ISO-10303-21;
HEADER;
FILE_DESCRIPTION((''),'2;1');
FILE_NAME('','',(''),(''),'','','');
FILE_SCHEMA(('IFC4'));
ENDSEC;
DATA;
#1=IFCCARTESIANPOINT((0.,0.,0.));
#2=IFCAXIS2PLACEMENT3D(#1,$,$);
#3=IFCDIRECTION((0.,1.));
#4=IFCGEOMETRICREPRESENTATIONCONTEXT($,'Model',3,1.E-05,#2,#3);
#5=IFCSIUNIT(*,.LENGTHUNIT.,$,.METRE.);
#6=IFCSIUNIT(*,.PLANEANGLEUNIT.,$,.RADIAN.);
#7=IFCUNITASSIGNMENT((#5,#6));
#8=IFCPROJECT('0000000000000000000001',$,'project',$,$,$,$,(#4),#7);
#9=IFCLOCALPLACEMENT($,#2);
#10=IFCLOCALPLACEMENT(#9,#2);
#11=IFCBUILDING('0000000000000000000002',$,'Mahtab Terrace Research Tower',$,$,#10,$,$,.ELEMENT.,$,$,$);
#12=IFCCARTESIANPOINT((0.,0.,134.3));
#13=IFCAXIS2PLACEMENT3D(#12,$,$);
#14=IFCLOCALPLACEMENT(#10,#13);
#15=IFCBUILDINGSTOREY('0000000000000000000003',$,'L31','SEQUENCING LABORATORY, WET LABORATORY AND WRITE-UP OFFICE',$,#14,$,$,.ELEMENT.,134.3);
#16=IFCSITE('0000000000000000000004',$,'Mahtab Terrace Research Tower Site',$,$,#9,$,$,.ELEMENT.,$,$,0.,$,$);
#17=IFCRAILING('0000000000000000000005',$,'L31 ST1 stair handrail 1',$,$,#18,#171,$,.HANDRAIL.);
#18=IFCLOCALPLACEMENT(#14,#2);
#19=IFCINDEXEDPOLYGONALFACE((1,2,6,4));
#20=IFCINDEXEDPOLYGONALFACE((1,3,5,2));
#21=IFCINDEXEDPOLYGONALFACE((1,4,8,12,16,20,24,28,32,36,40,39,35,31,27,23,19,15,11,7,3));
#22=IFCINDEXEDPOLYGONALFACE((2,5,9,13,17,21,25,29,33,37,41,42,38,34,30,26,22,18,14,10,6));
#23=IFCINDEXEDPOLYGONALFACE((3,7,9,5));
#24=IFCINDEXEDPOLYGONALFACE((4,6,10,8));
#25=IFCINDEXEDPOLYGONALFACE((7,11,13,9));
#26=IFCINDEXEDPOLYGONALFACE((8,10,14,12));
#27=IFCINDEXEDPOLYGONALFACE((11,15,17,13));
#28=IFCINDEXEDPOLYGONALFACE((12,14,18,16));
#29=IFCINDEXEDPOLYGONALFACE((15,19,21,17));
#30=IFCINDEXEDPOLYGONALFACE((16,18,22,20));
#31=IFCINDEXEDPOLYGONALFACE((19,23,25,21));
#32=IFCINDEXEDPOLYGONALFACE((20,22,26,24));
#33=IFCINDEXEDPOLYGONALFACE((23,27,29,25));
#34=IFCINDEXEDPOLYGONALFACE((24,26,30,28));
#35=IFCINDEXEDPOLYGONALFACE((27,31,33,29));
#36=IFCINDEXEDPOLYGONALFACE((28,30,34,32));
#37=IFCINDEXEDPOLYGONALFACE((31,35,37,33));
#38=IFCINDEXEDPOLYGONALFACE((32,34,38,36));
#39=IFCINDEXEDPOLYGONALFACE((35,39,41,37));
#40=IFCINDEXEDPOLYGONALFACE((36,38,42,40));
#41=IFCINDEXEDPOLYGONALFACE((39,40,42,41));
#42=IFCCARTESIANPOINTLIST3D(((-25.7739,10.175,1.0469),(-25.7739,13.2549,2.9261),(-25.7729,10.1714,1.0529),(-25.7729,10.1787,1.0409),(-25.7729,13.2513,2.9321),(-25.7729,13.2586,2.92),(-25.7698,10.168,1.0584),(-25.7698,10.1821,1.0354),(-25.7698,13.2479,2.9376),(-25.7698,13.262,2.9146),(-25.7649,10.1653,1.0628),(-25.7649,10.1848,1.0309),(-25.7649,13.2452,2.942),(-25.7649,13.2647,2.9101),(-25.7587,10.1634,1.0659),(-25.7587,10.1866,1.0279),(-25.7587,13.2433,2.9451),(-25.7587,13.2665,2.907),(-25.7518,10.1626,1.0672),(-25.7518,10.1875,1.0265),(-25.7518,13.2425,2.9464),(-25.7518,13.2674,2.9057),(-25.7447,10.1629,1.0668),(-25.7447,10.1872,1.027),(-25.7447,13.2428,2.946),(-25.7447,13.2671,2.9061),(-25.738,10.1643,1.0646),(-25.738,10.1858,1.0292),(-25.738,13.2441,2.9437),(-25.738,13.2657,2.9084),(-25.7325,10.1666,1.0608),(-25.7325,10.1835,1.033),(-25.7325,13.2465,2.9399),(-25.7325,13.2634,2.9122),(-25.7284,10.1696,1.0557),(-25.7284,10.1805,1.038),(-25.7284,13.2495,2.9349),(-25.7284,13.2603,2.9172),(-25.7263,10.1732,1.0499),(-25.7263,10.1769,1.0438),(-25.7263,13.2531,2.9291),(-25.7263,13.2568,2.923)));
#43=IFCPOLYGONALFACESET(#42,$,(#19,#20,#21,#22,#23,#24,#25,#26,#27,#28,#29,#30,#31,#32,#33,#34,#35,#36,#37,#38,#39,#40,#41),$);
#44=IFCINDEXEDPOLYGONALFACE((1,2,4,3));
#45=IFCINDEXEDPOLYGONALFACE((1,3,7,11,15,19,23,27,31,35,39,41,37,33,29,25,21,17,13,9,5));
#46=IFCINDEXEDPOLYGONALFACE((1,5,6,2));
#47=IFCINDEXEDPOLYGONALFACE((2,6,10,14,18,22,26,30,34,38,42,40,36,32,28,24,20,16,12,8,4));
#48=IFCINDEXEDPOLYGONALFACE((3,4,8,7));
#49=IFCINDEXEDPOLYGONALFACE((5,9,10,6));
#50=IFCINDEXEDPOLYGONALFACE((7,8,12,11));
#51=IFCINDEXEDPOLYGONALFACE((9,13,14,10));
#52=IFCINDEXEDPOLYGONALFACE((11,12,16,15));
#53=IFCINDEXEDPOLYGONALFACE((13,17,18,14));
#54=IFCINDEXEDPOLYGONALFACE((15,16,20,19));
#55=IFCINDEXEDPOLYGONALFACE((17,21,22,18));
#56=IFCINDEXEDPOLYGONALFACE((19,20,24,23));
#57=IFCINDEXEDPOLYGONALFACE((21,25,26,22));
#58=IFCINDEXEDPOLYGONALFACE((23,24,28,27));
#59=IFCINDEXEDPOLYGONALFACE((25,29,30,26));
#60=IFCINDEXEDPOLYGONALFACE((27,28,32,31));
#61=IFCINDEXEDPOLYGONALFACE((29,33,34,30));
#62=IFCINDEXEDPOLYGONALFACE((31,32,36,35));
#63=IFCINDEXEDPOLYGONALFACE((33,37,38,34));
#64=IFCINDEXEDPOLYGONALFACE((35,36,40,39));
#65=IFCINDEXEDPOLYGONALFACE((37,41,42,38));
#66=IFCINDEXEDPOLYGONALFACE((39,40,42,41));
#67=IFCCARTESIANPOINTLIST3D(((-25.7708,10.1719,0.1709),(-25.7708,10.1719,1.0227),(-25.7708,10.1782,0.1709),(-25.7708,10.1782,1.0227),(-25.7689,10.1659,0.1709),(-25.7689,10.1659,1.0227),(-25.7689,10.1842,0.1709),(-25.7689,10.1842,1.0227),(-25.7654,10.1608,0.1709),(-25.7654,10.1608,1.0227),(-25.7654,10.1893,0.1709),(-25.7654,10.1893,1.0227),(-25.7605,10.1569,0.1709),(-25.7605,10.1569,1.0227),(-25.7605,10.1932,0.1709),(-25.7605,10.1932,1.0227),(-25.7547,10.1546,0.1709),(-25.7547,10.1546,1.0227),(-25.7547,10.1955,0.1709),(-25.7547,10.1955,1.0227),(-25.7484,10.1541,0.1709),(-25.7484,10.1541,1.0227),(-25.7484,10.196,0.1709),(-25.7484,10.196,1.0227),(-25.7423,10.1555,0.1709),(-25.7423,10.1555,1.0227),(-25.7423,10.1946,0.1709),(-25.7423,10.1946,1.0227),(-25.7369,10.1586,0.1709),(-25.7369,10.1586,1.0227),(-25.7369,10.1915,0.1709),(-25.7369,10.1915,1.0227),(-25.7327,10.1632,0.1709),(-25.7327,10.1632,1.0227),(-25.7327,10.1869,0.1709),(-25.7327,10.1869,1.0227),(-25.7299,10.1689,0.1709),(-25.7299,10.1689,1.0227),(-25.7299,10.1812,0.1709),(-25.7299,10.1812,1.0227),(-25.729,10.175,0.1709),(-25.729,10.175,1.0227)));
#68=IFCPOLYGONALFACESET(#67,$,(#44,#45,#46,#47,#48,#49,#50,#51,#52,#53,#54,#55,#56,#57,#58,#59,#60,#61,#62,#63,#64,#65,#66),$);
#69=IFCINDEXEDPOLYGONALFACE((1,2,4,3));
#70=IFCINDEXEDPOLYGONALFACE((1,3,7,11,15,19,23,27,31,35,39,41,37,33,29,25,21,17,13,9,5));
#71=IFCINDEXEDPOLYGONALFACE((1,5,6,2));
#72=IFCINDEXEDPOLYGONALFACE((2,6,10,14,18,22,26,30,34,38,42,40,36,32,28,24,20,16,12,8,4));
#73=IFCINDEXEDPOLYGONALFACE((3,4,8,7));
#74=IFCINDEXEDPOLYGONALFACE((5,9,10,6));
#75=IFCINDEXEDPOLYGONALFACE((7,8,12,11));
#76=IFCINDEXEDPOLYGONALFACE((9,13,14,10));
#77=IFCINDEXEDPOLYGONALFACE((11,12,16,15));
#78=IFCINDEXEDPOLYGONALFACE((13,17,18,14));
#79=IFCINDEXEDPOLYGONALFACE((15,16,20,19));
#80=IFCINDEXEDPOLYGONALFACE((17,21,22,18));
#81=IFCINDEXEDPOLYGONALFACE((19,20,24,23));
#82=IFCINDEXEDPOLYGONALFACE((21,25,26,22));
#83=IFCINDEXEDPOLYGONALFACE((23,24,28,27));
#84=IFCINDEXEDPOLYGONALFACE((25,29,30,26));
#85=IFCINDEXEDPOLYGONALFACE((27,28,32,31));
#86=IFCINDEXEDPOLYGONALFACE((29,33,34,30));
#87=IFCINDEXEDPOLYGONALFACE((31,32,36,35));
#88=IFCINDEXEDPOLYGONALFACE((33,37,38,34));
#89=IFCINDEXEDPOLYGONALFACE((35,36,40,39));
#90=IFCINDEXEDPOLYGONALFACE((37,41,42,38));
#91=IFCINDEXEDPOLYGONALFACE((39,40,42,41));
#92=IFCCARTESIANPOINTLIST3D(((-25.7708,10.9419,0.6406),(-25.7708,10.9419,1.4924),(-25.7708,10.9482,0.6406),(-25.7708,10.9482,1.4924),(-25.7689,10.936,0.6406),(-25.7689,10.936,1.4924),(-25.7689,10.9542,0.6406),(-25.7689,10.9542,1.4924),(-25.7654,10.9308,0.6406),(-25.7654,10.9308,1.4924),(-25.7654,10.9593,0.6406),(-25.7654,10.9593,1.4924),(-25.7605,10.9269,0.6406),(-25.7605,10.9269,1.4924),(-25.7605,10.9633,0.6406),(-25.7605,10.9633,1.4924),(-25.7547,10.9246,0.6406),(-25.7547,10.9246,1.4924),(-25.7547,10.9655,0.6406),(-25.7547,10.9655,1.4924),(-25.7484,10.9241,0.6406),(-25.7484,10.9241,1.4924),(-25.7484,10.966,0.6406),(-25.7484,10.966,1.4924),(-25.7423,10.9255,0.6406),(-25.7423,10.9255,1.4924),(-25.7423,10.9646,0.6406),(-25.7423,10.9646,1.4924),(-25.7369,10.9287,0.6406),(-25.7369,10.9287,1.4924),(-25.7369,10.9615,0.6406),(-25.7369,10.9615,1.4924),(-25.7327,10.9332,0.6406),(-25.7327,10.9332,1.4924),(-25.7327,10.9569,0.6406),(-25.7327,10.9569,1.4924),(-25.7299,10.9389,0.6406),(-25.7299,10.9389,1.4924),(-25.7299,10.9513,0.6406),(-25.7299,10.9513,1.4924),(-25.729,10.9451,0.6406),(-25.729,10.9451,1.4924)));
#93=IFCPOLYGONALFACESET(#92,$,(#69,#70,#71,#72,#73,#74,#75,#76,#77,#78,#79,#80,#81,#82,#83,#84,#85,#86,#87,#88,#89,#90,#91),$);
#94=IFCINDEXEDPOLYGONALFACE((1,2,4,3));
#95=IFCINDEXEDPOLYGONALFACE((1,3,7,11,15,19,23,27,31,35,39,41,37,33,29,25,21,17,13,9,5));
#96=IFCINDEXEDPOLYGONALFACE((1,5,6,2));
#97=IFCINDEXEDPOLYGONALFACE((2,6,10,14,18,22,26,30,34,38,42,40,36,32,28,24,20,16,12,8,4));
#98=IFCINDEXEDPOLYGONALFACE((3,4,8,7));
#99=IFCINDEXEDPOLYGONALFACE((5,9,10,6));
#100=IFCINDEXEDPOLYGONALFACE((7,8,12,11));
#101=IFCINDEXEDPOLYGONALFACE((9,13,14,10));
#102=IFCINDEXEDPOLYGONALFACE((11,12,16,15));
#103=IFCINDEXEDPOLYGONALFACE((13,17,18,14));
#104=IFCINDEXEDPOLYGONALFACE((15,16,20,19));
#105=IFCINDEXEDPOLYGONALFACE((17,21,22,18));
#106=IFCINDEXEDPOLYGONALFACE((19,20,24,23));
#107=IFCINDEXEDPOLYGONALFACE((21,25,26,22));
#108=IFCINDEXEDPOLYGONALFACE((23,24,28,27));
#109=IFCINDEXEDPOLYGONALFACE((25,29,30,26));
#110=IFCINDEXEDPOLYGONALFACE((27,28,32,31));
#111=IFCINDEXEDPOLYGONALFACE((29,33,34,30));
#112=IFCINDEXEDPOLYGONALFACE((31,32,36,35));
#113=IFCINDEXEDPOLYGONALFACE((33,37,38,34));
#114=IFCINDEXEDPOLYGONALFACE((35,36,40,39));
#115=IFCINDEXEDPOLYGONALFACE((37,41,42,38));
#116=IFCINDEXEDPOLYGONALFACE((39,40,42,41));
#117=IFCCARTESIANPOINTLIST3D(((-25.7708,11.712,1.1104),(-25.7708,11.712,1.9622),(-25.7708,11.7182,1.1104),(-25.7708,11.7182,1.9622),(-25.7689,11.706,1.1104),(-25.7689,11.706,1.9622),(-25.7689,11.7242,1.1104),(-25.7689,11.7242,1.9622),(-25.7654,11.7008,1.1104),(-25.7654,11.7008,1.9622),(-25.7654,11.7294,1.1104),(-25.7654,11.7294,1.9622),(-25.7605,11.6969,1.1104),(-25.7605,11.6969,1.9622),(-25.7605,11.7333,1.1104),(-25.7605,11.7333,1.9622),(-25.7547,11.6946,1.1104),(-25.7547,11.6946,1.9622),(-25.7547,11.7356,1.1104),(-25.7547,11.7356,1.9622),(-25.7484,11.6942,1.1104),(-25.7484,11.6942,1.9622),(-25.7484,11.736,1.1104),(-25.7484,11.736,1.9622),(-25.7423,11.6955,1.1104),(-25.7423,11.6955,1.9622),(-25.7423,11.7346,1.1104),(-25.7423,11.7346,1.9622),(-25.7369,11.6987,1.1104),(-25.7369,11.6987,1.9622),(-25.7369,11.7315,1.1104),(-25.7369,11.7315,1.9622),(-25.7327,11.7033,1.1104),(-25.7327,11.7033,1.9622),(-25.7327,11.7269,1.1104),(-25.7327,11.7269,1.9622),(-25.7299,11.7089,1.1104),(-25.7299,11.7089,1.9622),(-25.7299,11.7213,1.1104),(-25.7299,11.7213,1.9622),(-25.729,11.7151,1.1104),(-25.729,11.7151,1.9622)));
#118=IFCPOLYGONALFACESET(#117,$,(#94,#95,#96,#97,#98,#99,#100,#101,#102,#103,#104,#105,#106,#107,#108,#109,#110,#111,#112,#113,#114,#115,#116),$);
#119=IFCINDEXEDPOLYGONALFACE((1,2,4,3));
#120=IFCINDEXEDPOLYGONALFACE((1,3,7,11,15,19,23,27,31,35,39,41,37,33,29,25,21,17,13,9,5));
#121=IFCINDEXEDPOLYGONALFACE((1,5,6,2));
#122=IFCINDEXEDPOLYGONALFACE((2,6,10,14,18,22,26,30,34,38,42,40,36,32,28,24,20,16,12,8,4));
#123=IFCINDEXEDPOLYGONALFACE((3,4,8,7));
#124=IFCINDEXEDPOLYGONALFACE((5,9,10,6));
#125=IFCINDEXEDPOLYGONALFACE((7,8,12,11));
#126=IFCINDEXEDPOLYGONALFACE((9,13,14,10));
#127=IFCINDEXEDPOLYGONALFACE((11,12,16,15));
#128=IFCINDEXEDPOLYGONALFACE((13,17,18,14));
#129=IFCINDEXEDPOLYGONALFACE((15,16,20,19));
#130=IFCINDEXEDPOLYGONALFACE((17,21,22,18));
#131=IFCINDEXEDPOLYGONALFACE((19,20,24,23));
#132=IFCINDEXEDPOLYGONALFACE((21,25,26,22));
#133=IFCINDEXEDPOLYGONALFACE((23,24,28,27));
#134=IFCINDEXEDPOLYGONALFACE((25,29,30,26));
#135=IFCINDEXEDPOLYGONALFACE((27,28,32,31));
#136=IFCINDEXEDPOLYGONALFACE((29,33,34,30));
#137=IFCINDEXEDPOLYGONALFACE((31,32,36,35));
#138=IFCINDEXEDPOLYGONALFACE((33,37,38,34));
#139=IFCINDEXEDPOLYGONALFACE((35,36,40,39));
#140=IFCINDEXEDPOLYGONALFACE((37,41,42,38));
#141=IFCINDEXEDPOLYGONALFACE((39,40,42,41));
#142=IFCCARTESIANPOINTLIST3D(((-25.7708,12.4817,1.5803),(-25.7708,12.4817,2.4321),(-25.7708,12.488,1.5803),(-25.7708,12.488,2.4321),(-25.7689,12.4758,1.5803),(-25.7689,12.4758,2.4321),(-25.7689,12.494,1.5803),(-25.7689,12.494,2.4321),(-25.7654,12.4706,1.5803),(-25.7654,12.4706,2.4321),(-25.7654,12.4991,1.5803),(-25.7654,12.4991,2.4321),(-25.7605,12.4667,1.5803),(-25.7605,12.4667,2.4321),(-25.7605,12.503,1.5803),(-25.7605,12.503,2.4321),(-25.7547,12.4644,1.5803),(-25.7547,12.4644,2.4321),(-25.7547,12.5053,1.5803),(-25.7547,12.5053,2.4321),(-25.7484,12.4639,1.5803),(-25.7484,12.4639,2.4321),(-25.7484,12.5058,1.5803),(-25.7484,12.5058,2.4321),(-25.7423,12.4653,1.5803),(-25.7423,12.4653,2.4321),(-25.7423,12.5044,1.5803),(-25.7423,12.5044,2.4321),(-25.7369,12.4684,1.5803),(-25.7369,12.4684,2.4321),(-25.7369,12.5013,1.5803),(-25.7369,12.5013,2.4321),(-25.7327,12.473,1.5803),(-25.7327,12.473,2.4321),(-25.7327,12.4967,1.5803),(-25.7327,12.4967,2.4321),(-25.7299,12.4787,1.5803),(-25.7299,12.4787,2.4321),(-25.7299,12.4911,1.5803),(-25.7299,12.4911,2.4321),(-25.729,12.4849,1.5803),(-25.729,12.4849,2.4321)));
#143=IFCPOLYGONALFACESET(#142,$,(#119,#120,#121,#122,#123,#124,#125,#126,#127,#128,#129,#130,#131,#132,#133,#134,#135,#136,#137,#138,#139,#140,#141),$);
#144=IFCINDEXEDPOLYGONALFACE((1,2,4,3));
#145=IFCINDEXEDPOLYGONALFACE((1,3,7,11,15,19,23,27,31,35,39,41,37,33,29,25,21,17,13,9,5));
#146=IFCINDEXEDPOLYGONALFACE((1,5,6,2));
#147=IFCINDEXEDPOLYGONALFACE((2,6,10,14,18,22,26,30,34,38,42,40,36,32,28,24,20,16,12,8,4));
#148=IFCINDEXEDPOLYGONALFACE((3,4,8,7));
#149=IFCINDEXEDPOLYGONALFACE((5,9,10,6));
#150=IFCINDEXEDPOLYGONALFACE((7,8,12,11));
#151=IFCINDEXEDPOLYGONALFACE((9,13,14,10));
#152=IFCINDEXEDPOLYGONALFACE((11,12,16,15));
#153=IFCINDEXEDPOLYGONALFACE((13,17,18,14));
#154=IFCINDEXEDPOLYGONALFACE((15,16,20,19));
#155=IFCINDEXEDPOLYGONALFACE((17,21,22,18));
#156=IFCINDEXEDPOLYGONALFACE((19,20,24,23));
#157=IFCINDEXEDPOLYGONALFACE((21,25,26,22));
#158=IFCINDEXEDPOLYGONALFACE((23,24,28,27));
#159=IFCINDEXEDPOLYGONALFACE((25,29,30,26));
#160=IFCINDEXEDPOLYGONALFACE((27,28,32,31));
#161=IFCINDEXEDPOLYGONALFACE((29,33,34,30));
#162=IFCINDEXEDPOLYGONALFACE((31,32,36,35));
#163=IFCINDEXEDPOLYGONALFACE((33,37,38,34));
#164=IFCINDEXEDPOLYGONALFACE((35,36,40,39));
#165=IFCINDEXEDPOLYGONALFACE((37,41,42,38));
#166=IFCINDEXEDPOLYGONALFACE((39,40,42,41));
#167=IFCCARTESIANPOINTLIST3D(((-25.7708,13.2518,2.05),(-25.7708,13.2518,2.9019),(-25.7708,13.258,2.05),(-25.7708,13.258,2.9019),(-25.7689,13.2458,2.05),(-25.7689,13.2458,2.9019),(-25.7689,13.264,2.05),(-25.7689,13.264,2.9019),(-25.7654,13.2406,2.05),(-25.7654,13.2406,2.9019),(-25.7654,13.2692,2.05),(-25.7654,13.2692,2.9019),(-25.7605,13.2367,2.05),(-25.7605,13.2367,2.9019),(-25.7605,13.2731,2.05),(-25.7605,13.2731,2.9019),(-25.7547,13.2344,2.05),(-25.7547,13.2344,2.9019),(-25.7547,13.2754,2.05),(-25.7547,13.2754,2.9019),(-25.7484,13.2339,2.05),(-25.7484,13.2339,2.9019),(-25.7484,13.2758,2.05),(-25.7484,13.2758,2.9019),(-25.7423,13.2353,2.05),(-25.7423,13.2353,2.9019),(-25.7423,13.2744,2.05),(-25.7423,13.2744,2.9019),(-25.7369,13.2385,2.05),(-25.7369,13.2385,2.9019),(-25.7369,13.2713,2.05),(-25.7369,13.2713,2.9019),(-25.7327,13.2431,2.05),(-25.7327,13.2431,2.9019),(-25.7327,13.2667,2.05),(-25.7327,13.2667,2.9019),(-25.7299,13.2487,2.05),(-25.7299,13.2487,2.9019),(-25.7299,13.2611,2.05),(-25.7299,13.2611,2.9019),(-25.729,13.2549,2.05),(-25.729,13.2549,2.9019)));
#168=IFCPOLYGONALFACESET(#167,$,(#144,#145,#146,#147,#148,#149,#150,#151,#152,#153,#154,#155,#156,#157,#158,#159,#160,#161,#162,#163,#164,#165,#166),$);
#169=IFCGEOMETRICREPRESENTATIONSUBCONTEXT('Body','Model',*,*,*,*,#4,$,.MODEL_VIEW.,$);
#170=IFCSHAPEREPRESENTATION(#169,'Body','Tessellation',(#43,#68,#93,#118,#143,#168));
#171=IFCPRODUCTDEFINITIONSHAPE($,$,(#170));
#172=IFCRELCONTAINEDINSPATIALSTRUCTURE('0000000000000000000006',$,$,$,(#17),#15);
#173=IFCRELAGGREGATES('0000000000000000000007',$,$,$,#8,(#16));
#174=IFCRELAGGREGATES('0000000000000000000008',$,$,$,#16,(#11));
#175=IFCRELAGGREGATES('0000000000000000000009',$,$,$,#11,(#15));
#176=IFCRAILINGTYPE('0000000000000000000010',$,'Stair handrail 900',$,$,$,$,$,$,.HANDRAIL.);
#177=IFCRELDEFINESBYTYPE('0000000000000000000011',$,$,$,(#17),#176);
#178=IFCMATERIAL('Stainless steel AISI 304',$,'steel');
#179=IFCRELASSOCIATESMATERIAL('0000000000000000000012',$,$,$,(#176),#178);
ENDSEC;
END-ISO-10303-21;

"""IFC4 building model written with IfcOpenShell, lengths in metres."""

from ifc_helpers import new_model, si_unit, direction, frame, origin, origin_2d, place, context, subcontext, project, spatial, circle, extrude, material, type_object, element, save


model = new_model("IFC4")

# Units and contexts
model_context = context("Model", 3, precision=1e-05, world=origin(), true_north=direction((0.0, 1.0)))
body_context = subcontext(model_context, "Body", "Model", "MODEL_VIEW")
ifc_project = project(units=[si_unit("LENGTHUNIT", "METRE"), si_unit("PLANEANGLEUNIT", "RADIAN")], contexts=[model_context])

# Site, building, storey
site_placement = place(None, origin())
site = spatial("IfcSite", under=ifc_project, at=site_placement, Name="Mahtab Terrace Research Tower Site", CompositionType="ELEMENT", RefElevation=0.0)
building_placement = place(site_placement, origin())
building = spatial("IfcBuilding", under=site, at=building_placement, Name="Mahtab Terrace Research Tower", CompositionType="ELEMENT")
storey_placement = place(building_placement, frame((0.0, 0.0, 134.3)))
storey = spatial("IfcBuildingStorey", under=building, at=storey_placement, Name="L31", Description="SEQUENCING LABORATORY, WET LABORATORY AND WRITE-UP OFFICE", CompositionType="ELEMENT", Elevation=134.3)

# Railing
ifc_material_1 = material(Name="Stainless steel AISI 304", Category="steel")
railing_type_1 = type_object("IfcRailingType", Name="Stair handrail 900", PredefinedType="HANDRAIL", material=ifc_material_1)
railing_1_placement = place(storey_placement, frame((-25.75, 10.175, 0.1709)))
element("IfcRailing", 1, at=railing_1_placement, inside=storey, type_object=railing_type_1, Name="L31 ST1 stair handrail 1", PredefinedType="HANDRAIL", context=body_context, shape_type="SweptSolid", body=[
    extrude(circle(Radius=0.0239, at=origin_2d()), frame((0.0, 0.0, 0.876), z_axis=(0.0, 0.853648, 0.52085), x_axis=(-1.0, 0.0, 0.0)), (0.0, 0.0, 1.0), 3.6079),
    extrude(circle(Radius=0.021, at=origin_2d()), origin(), (0.0, 0.0, 1.0), 0.8518),
    extrude(circle(Radius=0.021, at=origin_2d()), frame((0.0, 0.77, 0.4697)), (0.0, 0.0, 1.0), 0.8518),
    extrude(circle(Radius=0.021, at=origin_2d()), frame((0.0, 1.54, 0.9395)), (0.0, 0.0, 1.0), 0.8518),
    extrude(circle(Radius=0.021, at=origin_2d()), frame((0.0, 2.3098, 1.4094)), (0.0, 0.0, 1.0), 0.8518),
    extrude(circle(Radius=0.021, at=origin_2d()), frame((0.0, 3.0798, 1.8792)), (0.0, 0.0, 1.0), 0.8518),
])

save(model, "model.ifc")
